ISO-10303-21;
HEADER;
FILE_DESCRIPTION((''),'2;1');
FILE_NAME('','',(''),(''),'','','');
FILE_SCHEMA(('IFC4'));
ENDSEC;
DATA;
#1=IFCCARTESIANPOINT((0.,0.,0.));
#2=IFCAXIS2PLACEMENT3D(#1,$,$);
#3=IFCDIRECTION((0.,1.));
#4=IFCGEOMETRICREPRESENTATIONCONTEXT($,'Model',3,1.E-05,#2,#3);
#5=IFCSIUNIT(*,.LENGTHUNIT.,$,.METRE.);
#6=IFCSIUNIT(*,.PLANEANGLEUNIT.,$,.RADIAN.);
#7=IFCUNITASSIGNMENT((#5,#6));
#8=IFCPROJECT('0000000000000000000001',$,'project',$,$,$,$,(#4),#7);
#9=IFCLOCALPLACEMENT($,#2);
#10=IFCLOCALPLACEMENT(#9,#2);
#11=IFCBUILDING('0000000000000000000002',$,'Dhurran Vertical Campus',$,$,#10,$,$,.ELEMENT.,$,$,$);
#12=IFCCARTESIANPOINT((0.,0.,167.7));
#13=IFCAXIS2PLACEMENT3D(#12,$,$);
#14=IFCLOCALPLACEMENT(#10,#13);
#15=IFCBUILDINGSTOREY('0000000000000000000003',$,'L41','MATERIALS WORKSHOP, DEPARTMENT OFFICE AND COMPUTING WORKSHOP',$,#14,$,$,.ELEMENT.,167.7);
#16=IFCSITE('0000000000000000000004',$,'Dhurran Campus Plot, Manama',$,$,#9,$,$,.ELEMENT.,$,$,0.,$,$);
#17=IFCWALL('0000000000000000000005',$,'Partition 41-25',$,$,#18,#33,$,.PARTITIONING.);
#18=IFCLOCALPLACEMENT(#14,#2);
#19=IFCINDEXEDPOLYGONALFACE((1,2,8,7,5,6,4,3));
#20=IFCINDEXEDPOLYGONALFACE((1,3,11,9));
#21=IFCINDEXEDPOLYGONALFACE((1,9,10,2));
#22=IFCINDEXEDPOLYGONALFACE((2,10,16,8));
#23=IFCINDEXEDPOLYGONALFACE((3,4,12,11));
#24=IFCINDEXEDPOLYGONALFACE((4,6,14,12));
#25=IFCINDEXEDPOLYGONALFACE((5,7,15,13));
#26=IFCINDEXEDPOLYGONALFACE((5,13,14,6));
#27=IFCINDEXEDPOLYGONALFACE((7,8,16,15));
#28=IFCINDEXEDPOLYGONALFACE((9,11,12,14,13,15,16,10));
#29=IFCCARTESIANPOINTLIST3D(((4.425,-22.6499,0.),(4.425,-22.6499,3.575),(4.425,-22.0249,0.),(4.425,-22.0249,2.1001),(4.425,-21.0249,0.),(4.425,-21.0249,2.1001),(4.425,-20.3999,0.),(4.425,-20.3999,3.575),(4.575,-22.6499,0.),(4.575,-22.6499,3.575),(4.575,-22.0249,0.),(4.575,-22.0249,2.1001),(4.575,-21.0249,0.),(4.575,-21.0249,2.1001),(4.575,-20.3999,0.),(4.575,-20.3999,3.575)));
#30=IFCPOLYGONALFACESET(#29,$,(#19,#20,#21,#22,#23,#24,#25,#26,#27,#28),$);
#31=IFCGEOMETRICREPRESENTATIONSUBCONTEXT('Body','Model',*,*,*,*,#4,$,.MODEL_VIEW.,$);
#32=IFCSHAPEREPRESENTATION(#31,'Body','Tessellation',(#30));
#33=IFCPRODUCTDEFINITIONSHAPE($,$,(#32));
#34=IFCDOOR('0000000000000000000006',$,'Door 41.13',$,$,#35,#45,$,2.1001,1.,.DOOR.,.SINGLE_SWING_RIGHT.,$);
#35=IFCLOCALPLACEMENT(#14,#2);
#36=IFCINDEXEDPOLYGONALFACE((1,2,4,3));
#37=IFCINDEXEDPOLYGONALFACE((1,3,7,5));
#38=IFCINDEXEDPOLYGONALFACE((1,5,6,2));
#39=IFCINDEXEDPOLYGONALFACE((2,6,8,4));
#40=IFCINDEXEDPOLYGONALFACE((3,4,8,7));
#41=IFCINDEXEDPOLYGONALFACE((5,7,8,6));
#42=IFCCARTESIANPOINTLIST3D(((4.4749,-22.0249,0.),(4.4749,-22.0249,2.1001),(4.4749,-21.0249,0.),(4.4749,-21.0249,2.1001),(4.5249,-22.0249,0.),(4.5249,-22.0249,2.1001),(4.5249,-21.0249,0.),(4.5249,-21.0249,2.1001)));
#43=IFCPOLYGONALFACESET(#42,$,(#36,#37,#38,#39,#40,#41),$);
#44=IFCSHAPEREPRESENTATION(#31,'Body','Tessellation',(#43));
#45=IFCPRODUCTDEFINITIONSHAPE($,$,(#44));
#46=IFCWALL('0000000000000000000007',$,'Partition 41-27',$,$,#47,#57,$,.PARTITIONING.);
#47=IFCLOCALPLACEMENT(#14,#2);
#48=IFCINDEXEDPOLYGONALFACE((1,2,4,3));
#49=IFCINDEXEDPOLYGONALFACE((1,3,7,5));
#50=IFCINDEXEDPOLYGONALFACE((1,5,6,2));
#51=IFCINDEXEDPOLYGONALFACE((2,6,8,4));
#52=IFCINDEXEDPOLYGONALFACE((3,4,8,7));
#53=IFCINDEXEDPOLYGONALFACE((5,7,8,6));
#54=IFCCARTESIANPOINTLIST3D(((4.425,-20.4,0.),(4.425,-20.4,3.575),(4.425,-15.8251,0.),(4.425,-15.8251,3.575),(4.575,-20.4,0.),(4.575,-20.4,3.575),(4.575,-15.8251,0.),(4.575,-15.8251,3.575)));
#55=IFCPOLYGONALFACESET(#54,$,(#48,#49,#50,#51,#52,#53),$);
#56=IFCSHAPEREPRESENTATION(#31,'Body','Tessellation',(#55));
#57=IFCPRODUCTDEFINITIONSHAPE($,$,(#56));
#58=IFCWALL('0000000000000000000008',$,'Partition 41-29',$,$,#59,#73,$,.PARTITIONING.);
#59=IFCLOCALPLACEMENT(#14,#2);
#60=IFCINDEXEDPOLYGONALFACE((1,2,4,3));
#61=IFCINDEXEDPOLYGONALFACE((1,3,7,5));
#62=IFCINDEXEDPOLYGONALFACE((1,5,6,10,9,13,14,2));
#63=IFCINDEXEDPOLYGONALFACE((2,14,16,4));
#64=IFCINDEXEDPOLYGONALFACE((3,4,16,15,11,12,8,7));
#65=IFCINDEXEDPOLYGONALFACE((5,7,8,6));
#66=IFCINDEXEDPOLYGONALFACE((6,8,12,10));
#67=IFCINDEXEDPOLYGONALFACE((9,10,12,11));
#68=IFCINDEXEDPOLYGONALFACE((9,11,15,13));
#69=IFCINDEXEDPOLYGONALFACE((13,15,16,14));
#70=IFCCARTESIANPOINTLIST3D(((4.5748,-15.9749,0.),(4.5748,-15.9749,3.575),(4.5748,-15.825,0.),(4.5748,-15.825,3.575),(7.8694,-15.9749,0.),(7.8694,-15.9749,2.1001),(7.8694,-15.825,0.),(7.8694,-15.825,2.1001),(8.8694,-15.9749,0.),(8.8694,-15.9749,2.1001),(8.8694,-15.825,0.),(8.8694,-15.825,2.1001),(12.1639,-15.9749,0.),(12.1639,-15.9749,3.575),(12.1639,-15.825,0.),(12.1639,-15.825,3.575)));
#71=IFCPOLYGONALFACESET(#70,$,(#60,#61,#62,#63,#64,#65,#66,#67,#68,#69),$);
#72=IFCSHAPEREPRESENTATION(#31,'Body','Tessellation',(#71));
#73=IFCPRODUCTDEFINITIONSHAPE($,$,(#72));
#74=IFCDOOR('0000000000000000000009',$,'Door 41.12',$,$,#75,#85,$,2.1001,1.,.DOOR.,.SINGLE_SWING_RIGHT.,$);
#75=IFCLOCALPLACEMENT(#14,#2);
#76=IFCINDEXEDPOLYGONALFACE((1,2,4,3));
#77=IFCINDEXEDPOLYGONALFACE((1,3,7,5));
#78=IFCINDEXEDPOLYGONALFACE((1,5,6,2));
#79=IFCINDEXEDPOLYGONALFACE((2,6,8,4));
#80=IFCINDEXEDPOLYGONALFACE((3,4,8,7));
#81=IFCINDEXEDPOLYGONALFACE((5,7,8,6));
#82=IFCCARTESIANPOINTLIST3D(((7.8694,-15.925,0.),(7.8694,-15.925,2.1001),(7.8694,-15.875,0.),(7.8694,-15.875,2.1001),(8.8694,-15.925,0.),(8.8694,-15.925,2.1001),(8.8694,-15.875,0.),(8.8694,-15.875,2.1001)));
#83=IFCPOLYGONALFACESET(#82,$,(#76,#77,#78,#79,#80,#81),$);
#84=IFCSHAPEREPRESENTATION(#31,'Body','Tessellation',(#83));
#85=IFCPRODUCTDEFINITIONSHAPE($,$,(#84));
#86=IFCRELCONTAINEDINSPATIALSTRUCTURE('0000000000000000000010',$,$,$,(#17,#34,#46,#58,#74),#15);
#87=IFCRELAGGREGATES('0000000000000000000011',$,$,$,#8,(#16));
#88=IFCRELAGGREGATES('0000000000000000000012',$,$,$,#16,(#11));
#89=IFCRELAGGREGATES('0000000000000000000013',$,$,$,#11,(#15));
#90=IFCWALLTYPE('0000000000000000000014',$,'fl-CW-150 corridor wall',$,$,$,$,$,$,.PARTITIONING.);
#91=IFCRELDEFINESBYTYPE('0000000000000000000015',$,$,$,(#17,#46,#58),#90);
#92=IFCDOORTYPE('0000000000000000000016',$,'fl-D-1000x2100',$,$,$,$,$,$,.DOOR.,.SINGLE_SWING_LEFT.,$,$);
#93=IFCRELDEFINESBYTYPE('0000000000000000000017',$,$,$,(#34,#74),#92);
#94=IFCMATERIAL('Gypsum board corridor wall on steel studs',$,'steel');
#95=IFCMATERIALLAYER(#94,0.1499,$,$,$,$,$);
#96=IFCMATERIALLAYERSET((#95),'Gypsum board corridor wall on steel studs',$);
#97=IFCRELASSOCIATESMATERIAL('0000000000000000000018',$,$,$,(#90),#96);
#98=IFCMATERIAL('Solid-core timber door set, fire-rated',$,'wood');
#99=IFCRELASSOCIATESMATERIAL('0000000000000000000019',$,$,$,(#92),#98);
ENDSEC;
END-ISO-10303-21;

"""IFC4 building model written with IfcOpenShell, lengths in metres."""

from ifc_helpers import new_model, si_unit, direction, frame, frame_2d, origin, place, context, subcontext, project, spatial, rectangle, extrude, material, layer, layer_set, type_object, element, fill, save


model = new_model("IFC4")

# Units and contexts
model_context = context("Model", 3, precision=1e-05, world=origin(), true_north=direction((0.0, 1.0)))
body_context = subcontext(model_context, "Body", "Model", "MODEL_VIEW")
ifc_project = project(units=[si_unit("LENGTHUNIT", "METRE"), si_unit("PLANEANGLEUNIT", "RADIAN")], contexts=[model_context])

# Site, building, storey
site_placement = place(None, origin())
site = spatial("IfcSite", under=ifc_project, at=site_placement, Name="Dhurran Campus Plot, Manama", CompositionType="ELEMENT", RefElevation=0.0)
building_placement = place(site_placement, origin())
building = spatial("IfcBuilding", under=site, at=building_placement, Name="Dhurran Vertical Campus", CompositionType="ELEMENT")
storey_placement = place(building_placement, frame((0.0, 0.0, 167.7)))
storey = spatial("IfcBuildingStorey", under=building, at=storey_placement, Name="L41", Description="MATERIALS WORKSHOP, DEPARTMENT OFFICE AND COMPUTING WORKSHOP", CompositionType="ELEMENT", Elevation=167.7)

# Wall, opening, door
ifc_material_1 = material(Name="Gypsum board corridor wall on steel studs", Category="steel")
ifc_layer_1 = layer(ifc_material_1, 0.1499)
ifc_layer_set_1 = layer_set([ifc_layer_1], Name="Gypsum board corridor wall on steel studs")
wall_type_1 = type_object("IfcWallType", Name="fl-CW-150 corridor wall", PredefinedType="PARTITIONING", material=ifc_layer_set_1)
wall_1_placement = place(storey_placement, frame((4.5, -20.3999, 0.0), z_axis=(0.0, 0.0, 1.0), x_axis=(0.0, -1.0, 0.0)))
wall_1 = element("IfcWall", 1, at=wall_1_placement, inside=storey, type_object=wall_type_1, Name="Partition 41-25", PredefinedType="PARTITIONING", context=body_context, shape_type="SweptSolid", body=[
    extrude(rectangle(XDim=2.25, YDim=0.1499, at=frame_2d((1.125, 0.0))), origin(), (0.0, 0.0, 1.0), 3.575),
])
opening_1_placement = place(wall_1_placement, frame((0.625, 0.0, 0.0)))
opening_1 = element("IfcOpeningElement", 2, at=opening_1_placement, cuts=wall_1, PredefinedType="OPENING", context=body_context, shape_type="SweptSolid", body=[
    extrude(rectangle(XDim=1.0, YDim=2.1001, at=frame_2d((0.5, 1.05))), frame((0.0, 0.085, 0.0), z_axis=(0.0, -1.0, 0.0), x_axis=(1.0, 0.0, 0.0)), (0.0, 0.0, 1.0), 0.1699),
])
ifc_material_2 = material(Name="Solid-core timber door set, fire-rated", Category="wood")
door_type_1 = type_object("IfcDoorType", Name="fl-D-1000x2100", OperationType="SINGLE_SWING_LEFT", PredefinedType="DOOR", material=ifc_material_2)
door_1_placement = place(opening_1_placement, origin())
door_1 = element("IfcDoor", 3, at=door_1_placement, inside=storey, type_object=door_type_1, Name="Door 41.13", OperationType="SINGLE_SWING_RIGHT", OverallHeight=2.1001, OverallWidth=1.0, PredefinedType="DOOR", context=body_context, shape_type="SweptSolid", body=[
    extrude(rectangle(XDim=1.0, YDim=2.1001, at=frame_2d((0.5, 1.05))), frame((0.0, 0.0249, 0.0), z_axis=(0.0, -1.0, 0.0), x_axis=(1.0, 0.0, 0.0)), (0.0, 0.0, 1.0), 0.05),
])
fill(opening_1, door_1)

# Wall
wall_2_placement = place(storey_placement, frame((4.5, -15.825, 0.0), z_axis=(0.0, 0.0, 1.0), x_axis=(0.0, -1.0, 0.0)))
element("IfcWall", 4, at=wall_2_placement, inside=storey, type_object=wall_type_1, Name="Partition 41-27", PredefinedType="PARTITIONING", context=body_context, shape_type="SweptSolid", body=[
    extrude(rectangle(XDim=4.575, YDim=0.1499, at=frame_2d((2.2876, 0.0))), origin(), (0.0, 0.0, 1.0), 3.575),
])

# Wall, opening, door
wall_3_placement = place(storey_placement, frame((4.575, -15.8999, 0.0), z_axis=(0.0, 0.0, 1.0), x_axis=(1.0, 0.0, 0.0)))
wall_3 = element("IfcWall", 5, at=wall_3_placement, inside=storey, type_object=wall_type_1, Name="Partition 41-29", PredefinedType="PARTITIONING", context=body_context, shape_type="SweptSolid", body=[
    extrude(rectangle(XDim=7.5891, YDim=0.1499, at=frame_2d((3.7944, 0.0))), origin(), (0.0, 0.0, 1.0), 3.575),
])
opening_2_placement = place(wall_3_placement, frame((3.2944, 0.0, 0.0)))
opening_2 = element("IfcOpeningElement", 6, at=opening_2_placement, cuts=wall_3, PredefinedType="OPENING", context=body_context, shape_type="SweptSolid", body=[
    extrude(rectangle(XDim=1.0, YDim=2.1001, at=frame_2d((0.5, 1.05))), frame((0.0, 0.085, 0.0), z_axis=(0.0, -1.0, 0.0), x_axis=(1.0, 0.0, 0.0)), (0.0, 0.0, 1.0), 0.1699),
])
door_2_placement = place(opening_2_placement, origin())
door_2 = element("IfcDoor", 7, at=door_2_placement, inside=storey, type_object=door_type_1, Name="Door 41.12", OperationType="SINGLE_SWING_RIGHT", OverallHeight=2.1001, OverallWidth=1.0, PredefinedType="DOOR", context=body_context, shape_type="SweptSolid", body=[
    extrude(rectangle(XDim=1.0, YDim=2.1001, at=frame_2d((0.5, 1.05))), frame((0.0, 0.0249, 0.0), z_axis=(0.0, -1.0, 0.0), x_axis=(1.0, 0.0, 0.0)), (0.0, 0.0, 1.0), 0.05),
])
fill(opening_2, door_2)

save(model, "model.ifc")
